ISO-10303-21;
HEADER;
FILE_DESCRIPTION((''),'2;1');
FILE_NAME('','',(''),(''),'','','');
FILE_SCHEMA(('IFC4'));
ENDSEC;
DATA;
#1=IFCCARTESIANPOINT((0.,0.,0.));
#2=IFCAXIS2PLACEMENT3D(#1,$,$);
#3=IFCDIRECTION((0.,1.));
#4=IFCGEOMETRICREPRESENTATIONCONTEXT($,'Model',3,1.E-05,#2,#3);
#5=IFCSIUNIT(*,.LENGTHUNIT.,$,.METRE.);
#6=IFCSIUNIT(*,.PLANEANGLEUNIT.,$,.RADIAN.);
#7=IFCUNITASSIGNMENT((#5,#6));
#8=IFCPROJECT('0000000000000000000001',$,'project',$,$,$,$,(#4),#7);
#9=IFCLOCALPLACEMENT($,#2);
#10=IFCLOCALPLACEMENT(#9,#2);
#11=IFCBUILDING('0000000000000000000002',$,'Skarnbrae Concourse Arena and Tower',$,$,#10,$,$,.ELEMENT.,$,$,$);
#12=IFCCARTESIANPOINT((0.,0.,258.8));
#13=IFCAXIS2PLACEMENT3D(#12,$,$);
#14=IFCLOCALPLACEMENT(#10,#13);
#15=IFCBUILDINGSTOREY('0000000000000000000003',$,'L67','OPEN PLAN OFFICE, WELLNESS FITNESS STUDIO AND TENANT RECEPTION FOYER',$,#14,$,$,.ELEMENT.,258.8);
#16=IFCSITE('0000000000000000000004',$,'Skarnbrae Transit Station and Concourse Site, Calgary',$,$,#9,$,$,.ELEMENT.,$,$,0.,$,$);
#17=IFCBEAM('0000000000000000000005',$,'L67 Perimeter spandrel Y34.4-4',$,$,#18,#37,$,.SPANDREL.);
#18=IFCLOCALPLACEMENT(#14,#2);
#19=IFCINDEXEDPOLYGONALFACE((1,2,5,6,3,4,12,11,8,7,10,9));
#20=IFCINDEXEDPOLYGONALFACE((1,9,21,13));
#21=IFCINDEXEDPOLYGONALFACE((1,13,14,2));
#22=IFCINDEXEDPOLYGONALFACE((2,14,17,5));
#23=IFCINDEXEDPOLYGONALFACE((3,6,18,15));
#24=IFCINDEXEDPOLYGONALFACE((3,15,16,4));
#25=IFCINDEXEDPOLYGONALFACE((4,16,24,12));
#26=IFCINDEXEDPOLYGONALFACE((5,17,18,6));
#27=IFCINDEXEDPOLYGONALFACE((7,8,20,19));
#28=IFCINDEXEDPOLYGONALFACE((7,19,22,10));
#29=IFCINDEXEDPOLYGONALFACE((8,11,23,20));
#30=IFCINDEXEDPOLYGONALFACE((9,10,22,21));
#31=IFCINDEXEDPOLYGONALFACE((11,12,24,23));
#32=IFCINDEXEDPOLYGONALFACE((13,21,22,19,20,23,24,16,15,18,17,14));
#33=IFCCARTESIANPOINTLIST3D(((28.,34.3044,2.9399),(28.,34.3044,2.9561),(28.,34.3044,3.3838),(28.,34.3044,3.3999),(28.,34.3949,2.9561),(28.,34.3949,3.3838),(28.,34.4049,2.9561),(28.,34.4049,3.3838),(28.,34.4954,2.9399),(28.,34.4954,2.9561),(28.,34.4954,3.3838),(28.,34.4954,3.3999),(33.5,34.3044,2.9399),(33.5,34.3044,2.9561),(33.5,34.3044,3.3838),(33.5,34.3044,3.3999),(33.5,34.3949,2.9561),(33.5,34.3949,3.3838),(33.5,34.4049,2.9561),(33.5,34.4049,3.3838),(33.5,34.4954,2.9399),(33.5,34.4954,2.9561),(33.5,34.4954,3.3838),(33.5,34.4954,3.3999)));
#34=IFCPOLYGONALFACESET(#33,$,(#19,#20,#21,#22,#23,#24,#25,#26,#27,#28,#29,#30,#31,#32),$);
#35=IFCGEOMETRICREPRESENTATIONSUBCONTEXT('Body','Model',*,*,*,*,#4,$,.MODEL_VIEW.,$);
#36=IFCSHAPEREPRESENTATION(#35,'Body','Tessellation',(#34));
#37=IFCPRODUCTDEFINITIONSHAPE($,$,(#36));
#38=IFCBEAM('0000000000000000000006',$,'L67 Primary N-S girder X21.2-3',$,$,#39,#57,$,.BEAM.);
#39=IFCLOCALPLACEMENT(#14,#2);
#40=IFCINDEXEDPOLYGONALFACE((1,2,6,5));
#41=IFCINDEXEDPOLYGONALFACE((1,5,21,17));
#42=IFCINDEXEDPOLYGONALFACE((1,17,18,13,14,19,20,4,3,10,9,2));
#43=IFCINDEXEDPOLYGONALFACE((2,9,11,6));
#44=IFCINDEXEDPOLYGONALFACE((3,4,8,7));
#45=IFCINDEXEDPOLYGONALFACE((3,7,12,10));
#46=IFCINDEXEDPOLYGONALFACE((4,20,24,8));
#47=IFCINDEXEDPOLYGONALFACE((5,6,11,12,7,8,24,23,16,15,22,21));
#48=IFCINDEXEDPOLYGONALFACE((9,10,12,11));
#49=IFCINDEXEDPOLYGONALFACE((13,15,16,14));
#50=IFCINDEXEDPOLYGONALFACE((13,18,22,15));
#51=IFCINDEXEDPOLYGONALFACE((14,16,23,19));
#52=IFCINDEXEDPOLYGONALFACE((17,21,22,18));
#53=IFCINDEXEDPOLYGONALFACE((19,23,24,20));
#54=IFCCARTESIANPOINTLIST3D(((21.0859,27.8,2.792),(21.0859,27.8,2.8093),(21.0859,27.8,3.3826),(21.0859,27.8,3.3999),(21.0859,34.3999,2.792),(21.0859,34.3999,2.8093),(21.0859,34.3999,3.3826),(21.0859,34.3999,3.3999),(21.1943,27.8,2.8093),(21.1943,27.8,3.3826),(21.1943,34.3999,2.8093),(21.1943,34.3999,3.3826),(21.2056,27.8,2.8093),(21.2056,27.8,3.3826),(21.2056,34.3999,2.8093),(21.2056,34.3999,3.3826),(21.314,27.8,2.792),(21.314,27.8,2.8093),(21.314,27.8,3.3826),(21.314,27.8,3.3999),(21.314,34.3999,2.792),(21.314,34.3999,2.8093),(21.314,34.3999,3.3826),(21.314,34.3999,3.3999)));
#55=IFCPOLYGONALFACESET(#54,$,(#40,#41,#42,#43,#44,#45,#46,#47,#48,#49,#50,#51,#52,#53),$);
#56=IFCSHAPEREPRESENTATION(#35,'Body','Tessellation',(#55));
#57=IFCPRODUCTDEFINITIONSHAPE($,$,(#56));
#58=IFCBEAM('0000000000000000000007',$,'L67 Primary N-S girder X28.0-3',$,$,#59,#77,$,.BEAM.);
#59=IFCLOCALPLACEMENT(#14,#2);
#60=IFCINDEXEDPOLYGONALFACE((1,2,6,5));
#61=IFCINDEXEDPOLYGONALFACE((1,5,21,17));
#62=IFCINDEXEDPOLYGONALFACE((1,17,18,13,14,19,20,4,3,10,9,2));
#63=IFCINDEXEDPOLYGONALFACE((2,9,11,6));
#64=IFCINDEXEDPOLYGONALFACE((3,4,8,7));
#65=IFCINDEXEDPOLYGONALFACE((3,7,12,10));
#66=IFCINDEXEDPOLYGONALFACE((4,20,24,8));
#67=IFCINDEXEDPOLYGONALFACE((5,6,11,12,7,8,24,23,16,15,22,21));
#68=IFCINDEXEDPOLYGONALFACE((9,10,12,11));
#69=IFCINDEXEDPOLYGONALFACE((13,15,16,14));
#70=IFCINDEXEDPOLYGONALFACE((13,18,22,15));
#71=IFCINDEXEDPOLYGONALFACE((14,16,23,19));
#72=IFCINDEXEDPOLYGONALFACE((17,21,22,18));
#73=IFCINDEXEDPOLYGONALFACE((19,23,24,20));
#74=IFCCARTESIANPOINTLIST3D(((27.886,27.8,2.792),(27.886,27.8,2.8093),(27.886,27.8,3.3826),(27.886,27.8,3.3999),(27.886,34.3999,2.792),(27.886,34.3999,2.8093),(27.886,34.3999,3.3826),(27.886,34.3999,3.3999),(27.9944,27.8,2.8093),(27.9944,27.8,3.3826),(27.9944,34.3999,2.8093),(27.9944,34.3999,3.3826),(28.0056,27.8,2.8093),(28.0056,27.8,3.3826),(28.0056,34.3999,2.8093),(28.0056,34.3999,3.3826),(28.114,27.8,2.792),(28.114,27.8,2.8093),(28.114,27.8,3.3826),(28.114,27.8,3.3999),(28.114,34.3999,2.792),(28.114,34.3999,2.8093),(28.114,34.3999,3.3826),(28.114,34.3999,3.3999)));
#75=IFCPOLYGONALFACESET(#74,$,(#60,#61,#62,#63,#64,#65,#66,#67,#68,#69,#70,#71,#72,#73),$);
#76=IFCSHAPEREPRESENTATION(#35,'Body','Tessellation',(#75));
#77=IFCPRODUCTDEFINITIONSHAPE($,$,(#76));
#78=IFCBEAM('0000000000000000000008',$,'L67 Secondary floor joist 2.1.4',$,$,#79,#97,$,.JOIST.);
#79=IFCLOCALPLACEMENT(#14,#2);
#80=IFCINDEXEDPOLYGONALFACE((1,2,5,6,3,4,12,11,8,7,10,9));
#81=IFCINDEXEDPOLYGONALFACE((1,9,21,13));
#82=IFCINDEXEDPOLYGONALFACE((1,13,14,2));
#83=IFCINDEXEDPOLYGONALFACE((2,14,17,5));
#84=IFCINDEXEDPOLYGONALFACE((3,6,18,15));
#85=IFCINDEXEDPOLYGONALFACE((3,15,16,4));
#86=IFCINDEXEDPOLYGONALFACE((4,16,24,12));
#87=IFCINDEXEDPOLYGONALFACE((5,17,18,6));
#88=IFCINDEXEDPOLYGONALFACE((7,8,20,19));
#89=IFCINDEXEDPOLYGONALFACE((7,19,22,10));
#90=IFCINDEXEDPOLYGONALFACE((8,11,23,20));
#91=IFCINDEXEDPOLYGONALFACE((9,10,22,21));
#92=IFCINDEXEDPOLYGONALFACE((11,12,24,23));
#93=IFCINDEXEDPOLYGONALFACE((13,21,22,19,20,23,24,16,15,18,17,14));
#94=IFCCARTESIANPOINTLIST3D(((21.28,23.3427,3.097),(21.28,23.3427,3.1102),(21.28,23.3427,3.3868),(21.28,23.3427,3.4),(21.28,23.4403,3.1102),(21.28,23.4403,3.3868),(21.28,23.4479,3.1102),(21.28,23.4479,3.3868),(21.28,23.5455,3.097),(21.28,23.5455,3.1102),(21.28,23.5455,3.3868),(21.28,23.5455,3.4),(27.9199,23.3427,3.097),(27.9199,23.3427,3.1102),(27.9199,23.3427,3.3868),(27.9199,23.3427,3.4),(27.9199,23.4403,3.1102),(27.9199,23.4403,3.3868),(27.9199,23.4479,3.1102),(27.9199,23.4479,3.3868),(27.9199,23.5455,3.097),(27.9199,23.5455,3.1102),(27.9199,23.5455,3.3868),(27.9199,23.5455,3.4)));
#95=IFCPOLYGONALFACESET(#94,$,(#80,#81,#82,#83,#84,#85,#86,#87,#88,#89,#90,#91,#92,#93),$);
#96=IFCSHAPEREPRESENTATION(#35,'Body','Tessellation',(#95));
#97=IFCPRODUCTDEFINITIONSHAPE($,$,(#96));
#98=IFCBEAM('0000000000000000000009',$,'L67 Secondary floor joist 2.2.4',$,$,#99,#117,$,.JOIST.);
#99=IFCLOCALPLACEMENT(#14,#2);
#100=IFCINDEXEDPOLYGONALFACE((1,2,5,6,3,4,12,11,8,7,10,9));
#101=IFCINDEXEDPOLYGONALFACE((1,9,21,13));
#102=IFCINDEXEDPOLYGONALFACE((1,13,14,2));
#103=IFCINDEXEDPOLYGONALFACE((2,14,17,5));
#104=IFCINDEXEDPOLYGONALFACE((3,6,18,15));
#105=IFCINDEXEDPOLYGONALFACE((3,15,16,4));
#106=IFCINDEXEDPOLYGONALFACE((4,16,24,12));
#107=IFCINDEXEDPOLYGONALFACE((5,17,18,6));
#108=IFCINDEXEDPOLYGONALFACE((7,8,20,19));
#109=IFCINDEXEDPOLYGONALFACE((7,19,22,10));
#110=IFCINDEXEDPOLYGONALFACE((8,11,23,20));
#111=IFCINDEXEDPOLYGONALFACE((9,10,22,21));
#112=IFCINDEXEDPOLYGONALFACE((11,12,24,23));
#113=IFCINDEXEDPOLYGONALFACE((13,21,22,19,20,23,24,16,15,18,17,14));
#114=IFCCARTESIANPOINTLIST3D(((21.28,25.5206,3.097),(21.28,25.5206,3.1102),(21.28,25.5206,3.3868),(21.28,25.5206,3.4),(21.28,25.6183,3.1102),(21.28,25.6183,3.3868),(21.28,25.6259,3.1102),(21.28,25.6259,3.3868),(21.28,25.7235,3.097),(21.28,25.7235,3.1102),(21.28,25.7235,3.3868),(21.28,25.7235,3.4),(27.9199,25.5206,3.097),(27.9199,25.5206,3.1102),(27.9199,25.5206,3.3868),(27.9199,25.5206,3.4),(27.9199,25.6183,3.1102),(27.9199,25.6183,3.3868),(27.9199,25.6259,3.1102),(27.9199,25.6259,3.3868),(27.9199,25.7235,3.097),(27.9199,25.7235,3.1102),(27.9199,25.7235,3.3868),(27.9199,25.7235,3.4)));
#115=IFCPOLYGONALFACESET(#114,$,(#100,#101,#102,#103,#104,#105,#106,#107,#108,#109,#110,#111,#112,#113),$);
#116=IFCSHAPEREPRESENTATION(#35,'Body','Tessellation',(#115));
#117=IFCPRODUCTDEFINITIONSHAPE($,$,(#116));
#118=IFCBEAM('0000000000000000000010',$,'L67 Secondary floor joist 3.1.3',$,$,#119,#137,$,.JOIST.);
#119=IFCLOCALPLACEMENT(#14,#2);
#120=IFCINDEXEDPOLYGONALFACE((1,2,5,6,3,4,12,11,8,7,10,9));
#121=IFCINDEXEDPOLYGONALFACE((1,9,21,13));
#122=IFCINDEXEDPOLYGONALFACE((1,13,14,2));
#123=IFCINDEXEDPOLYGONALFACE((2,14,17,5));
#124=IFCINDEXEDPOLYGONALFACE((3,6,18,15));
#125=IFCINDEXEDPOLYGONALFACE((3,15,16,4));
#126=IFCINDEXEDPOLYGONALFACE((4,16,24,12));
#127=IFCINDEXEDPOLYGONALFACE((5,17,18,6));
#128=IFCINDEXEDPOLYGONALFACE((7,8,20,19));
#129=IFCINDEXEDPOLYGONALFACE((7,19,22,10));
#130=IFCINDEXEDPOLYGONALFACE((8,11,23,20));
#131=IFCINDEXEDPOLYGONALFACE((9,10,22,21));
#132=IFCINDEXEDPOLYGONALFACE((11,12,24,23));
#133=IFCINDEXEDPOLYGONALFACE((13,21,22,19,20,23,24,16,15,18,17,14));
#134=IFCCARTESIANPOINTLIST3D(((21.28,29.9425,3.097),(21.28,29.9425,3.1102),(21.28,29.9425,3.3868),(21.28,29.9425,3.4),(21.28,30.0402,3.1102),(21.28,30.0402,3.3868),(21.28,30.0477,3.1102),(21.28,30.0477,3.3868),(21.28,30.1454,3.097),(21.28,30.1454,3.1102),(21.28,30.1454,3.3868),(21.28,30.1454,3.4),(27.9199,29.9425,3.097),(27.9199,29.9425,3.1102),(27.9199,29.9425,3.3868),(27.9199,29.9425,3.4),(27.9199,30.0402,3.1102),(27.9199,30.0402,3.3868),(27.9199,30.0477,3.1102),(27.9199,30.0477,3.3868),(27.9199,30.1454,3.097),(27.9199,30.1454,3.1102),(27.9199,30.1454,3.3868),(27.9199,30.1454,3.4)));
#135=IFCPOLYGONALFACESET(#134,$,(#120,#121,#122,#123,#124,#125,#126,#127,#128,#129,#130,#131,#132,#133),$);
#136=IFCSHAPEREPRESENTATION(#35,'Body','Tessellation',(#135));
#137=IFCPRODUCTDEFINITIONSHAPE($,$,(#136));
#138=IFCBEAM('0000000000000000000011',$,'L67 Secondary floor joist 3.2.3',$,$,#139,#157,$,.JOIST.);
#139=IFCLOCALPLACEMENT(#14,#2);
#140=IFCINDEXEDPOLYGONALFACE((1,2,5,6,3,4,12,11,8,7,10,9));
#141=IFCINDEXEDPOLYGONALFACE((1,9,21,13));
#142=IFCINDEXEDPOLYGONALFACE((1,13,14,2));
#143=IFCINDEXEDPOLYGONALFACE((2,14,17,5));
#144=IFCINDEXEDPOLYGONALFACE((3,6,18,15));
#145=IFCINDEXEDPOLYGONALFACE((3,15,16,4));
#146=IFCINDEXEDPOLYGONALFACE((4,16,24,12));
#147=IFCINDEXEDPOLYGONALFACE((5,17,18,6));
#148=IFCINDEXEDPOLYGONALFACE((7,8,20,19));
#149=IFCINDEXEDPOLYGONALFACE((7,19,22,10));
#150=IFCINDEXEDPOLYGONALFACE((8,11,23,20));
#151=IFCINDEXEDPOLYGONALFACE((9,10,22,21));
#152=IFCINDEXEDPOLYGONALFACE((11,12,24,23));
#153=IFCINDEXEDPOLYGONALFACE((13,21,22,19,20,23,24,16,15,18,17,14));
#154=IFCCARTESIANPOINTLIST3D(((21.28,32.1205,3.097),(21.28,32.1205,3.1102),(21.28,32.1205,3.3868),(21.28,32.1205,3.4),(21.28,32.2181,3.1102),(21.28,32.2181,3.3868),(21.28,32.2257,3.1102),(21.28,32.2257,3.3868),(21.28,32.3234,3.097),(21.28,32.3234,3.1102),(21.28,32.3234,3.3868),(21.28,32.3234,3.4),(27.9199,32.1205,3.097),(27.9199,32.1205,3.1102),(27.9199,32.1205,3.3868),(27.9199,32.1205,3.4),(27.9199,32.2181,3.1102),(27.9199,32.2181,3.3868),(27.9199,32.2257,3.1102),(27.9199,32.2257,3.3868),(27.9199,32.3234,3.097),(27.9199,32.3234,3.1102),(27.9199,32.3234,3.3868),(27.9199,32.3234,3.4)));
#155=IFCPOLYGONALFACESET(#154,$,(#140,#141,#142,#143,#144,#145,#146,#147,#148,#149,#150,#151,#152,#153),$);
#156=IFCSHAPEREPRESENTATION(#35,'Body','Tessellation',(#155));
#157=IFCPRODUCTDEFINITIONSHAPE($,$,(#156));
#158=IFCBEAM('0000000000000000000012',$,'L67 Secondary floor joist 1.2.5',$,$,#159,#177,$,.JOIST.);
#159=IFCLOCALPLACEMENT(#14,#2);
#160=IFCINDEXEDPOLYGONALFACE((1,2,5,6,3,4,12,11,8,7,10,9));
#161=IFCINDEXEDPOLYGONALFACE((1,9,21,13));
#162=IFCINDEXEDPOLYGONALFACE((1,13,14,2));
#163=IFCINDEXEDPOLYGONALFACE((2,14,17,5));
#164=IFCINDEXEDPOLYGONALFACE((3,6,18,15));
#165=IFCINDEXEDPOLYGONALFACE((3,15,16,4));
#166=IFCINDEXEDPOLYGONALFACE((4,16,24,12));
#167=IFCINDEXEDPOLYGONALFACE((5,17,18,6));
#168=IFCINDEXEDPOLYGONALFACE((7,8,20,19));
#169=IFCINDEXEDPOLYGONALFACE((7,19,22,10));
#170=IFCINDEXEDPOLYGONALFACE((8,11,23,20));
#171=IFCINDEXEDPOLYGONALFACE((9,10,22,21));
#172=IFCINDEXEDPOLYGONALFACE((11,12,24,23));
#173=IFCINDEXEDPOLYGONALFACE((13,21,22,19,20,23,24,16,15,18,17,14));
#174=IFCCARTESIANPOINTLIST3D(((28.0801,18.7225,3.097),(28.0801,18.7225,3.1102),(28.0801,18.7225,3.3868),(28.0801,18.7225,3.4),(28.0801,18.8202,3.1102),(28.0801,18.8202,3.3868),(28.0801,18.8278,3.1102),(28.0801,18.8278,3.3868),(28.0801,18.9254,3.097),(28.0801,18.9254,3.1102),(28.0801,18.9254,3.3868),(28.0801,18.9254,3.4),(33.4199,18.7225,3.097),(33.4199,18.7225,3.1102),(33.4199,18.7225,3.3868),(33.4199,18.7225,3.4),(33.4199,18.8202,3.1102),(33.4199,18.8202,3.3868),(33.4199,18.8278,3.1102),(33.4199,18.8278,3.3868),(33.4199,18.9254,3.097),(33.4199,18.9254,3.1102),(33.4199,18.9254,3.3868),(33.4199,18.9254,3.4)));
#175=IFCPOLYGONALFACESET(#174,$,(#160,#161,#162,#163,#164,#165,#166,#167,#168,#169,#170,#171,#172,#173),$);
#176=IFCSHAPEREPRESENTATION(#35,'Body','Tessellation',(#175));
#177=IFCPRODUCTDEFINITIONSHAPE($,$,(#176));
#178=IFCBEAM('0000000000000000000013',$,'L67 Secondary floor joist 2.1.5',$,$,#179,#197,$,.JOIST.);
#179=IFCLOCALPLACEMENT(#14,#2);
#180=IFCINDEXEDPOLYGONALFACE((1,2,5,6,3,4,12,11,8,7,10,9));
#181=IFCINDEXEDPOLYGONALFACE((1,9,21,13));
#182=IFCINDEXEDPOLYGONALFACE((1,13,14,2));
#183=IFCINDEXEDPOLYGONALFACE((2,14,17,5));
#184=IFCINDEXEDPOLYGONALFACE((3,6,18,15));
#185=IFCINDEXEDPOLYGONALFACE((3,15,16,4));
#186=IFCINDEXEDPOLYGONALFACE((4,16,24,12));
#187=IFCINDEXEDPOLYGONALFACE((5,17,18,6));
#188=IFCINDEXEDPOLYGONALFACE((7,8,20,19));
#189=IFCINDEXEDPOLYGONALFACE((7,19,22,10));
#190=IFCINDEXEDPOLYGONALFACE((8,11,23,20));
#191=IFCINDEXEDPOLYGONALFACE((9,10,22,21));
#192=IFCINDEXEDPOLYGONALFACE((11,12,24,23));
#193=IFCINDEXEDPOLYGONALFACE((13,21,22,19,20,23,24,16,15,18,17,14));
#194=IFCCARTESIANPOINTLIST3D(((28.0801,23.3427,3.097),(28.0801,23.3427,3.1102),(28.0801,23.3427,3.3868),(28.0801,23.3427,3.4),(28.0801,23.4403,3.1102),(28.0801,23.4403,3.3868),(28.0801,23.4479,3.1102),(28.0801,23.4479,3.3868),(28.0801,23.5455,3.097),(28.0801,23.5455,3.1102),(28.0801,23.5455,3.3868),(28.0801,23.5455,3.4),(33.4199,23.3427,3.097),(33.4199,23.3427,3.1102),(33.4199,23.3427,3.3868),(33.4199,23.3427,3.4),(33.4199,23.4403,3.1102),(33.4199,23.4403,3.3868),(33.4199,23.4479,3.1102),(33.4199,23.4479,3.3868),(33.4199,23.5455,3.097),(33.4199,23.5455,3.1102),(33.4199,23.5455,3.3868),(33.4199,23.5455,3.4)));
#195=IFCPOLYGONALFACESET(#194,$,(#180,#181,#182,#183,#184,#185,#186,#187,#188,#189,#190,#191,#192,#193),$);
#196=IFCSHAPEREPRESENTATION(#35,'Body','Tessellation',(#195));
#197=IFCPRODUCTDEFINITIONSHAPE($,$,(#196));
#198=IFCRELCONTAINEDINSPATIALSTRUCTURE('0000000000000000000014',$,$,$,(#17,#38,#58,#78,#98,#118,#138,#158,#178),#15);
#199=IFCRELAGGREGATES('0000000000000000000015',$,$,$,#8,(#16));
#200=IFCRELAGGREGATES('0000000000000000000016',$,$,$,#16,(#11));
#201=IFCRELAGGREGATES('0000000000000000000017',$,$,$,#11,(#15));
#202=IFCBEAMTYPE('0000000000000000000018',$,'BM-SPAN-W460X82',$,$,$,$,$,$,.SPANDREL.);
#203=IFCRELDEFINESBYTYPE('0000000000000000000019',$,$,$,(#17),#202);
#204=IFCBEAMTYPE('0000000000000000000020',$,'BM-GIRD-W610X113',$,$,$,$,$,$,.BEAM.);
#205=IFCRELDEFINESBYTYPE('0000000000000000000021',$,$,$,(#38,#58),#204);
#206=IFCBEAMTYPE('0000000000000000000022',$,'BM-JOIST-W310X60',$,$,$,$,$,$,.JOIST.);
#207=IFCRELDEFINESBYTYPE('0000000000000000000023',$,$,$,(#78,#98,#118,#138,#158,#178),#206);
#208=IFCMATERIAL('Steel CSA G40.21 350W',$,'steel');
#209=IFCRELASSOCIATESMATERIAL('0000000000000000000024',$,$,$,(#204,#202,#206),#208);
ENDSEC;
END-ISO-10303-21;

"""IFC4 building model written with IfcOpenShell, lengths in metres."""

from ifc_helpers import new_model, si_unit, direction, frame, origin, origin_2d, place, context, subcontext, project, spatial, i_section, extrude, source, transform, mapped, material, material_profile, profile_set, type_object, element, save


model = new_model("IFC4")

# Units and contexts
model_context = context("Model", 3, precision=1e-05, world=origin(), true_north=direction((0.0, 1.0)))
body_context = subcontext(model_context, "Body", "Model", "MODEL_VIEW")
ifc_project = project(units=[si_unit("LENGTHUNIT", "METRE"), si_unit("PLANEANGLEUNIT", "RADIAN")], contexts=[model_context])

# Site, building, storey
site_placement = place(None, origin())
site = spatial("IfcSite", under=ifc_project, at=site_placement, Name="Skarnbrae Transit Station and Concourse Site, Calgary", CompositionType="ELEMENT", RefElevation=0.0)
building_placement = place(site_placement, origin())
building = spatial("IfcBuilding", under=site, at=building_placement, Name="Skarnbrae Concourse Arena and Tower", CompositionType="ELEMENT")
storey_placement = place(building_placement, frame((0.0, 0.0, 258.8)))
storey = spatial("IfcBuildingStorey", under=building, at=storey_placement, Name="L67", Description="OPEN PLAN OFFICE, WELLNESS FITNESS STUDIO AND TENANT RECEPTION FOYER", CompositionType="ELEMENT", Elevation=258.8)

# Shared definitions
ifc_material_1 = material(Name="Steel CSA G40.21 350W", Category="steel")

# Beams
ifc_material_profile_1 = material_profile(ifc_material_1, i_section(OverallWidth=0.228, OverallDepth=0.6079, WebThickness=0.0112, FlangeThickness=0.0173, at=origin_2d()), Name="W610X113")
ifc_profile_set_1 = profile_set([ifc_material_profile_1], Name="Steel CSA G40.21 350W")
beam_type_1 = type_object("IfcBeamType", Name="BM-GIRD-W610X113", PredefinedType="BEAM", material=ifc_profile_set_1)
ifc_material_profile_2 = material_profile(ifc_material_1, i_section(OverallWidth=0.1909, OverallDepth=0.46, WebThickness=0.01, FlangeThickness=0.0161, at=origin_2d()), Name="W460X82")
ifc_profile_set_2 = profile_set([ifc_material_profile_2], Name="Steel CSA G40.21 350W")
beam_type_2 = type_object("IfcBeamType", Name="BM-SPAN-W460X82", PredefinedType="SPANDREL", material=ifc_profile_set_2)
shared_shape_1 = source(origin(), body_context, "Body", "SweptSolid", [
    extrude(i_section(OverallWidth=0.1909, OverallDepth=0.46, WebThickness=0.01, FlangeThickness=0.0161, at=origin_2d()), origin(), (0.0, 0.0, 1.0), 5.5),
])
beam_1_placement = place(storey_placement, frame((28.0, 34.3999, 3.1699), z_axis=(1.0, 0.0, 0.0), x_axis=(0.0, 1.0, 0.0)))
element("IfcBeam", 1, at=beam_1_placement, inside=storey, type_object=beam_type_2, Name="L67 Perimeter spandrel Y34.4-4", PredefinedType="SPANDREL", context=body_context, shape_type="MappedRepresentation", body=[
    mapped(shared_shape_1, transform((0.0, 0.0, 0.0))),
])
shared_shape_2 = source(origin(), body_context, "Body", "SweptSolid", [
    extrude(i_section(OverallWidth=0.228, OverallDepth=0.6079, WebThickness=0.0112, FlangeThickness=0.0173, at=origin_2d()), origin(), (0.0, 0.0, 1.0), 6.5999),
])
for number, where, z_axis, x_axis, name in (
    (2, (21.2, 27.8, 3.0959), (0.0, 1.0, 0.0), (-1.0, 0.0, 0.0), "L67 Primary N-S girder X21.2-3"),
    (3, (28.0, 27.8, 3.0959), (0.0, 1.0, 0.0), (-1.0, 0.0, 0.0), "L67 Primary N-S girder X28.0-3"),
):
    element("IfcBeam", number, at=place(storey_placement, frame(where, z_axis=z_axis, x_axis=x_axis)), inside=storey, type_object=beam_type_1, Name=name, PredefinedType="BEAM", context=body_context, shape_type="MappedRepresentation", body=[
        mapped(shared_shape_2, transform((0.0, 0.0, 0.0))),
    ])
ifc_material_profile_3 = material_profile(ifc_material_1, i_section(OverallWidth=0.2029, OverallDepth=0.303, WebThickness=0.0076, FlangeThickness=0.0132, at=origin_2d()), Name="W310X60")
ifc_profile_set_3 = profile_set([ifc_material_profile_3], Name="Steel CSA G40.21 350W")
beam_type_3 = type_object("IfcBeamType", Name="BM-JOIST-W310X60", PredefinedType="JOIST", material=ifc_profile_set_3)
shared_shape_3 = source(origin(), body_context, "Body", "SweptSolid", [
    extrude(i_section(OverallWidth=0.2029, OverallDepth=0.303, WebThickness=0.0076, FlangeThickness=0.0132, at=origin_2d()), origin(), (0.0, 0.0, 1.0), 6.6399),
])
for number, where, z_axis, x_axis, name in (
    (4, (21.28, 23.4441, 3.2485), (1.0, 0.0, 0.0), (0.0, 1.0, 0.0), "L67 Secondary floor joist 2.1.4"),
    (5, (21.28, 25.6221, 3.2485), (1.0, 0.0, 0.0), (0.0, 1.0, 0.0), "L67 Secondary floor joist 2.2.4"),
    (6, (21.28, 30.0439, 3.2485), (1.0, 0.0, 0.0), (0.0, 1.0, 0.0), "L67 Secondary floor joist 3.1.3"),
    (7, (21.28, 32.2219, 3.2485), (1.0, 0.0, 0.0), (0.0, 1.0, 0.0), "L67 Secondary floor joist 3.2.3"),
):
    element("IfcBeam", number, at=place(storey_placement, frame(where, z_axis=z_axis, x_axis=x_axis)), inside=storey, type_object=beam_type_3, Name=name, PredefinedType="JOIST", context=body_context, shape_type="MappedRepresentation", body=[
        mapped(shared_shape_3, transform((0.0, 0.0, 0.0))),
    ])
shared_shape_4 = source(origin(), body_context, "Body", "SweptSolid", [
    extrude(i_section(OverallWidth=0.2029, OverallDepth=0.303, WebThickness=0.0076, FlangeThickness=0.0132, at=origin_2d()), origin(), (0.0, 0.0, 1.0), 5.3398),
])
for number, where, z_axis, x_axis, name in (
    (8, (28.0801, 18.824, 3.2485), (1.0, 0.0, 0.0), (0.0, 1.0, 0.0), "L67 Secondary floor joist 1.2.5"),
    (9, (28.0801, 23.4441, 3.2485), (1.0, 0.0, 0.0), (0.0, 1.0, 0.0), "L67 Secondary floor joist 2.1.5"),
):
    element("IfcBeam", number, at=place(storey_placement, frame(where, z_axis=z_axis, x_axis=x_axis)), inside=storey, type_object=beam_type_3, Name=name, PredefinedType="JOIST", context=body_context, shape_type="MappedRepresentation", body=[
        mapped(shared_shape_4, transform((0.0, 0.0, 0.0))),
    ])

save(model, "model.ifc")
